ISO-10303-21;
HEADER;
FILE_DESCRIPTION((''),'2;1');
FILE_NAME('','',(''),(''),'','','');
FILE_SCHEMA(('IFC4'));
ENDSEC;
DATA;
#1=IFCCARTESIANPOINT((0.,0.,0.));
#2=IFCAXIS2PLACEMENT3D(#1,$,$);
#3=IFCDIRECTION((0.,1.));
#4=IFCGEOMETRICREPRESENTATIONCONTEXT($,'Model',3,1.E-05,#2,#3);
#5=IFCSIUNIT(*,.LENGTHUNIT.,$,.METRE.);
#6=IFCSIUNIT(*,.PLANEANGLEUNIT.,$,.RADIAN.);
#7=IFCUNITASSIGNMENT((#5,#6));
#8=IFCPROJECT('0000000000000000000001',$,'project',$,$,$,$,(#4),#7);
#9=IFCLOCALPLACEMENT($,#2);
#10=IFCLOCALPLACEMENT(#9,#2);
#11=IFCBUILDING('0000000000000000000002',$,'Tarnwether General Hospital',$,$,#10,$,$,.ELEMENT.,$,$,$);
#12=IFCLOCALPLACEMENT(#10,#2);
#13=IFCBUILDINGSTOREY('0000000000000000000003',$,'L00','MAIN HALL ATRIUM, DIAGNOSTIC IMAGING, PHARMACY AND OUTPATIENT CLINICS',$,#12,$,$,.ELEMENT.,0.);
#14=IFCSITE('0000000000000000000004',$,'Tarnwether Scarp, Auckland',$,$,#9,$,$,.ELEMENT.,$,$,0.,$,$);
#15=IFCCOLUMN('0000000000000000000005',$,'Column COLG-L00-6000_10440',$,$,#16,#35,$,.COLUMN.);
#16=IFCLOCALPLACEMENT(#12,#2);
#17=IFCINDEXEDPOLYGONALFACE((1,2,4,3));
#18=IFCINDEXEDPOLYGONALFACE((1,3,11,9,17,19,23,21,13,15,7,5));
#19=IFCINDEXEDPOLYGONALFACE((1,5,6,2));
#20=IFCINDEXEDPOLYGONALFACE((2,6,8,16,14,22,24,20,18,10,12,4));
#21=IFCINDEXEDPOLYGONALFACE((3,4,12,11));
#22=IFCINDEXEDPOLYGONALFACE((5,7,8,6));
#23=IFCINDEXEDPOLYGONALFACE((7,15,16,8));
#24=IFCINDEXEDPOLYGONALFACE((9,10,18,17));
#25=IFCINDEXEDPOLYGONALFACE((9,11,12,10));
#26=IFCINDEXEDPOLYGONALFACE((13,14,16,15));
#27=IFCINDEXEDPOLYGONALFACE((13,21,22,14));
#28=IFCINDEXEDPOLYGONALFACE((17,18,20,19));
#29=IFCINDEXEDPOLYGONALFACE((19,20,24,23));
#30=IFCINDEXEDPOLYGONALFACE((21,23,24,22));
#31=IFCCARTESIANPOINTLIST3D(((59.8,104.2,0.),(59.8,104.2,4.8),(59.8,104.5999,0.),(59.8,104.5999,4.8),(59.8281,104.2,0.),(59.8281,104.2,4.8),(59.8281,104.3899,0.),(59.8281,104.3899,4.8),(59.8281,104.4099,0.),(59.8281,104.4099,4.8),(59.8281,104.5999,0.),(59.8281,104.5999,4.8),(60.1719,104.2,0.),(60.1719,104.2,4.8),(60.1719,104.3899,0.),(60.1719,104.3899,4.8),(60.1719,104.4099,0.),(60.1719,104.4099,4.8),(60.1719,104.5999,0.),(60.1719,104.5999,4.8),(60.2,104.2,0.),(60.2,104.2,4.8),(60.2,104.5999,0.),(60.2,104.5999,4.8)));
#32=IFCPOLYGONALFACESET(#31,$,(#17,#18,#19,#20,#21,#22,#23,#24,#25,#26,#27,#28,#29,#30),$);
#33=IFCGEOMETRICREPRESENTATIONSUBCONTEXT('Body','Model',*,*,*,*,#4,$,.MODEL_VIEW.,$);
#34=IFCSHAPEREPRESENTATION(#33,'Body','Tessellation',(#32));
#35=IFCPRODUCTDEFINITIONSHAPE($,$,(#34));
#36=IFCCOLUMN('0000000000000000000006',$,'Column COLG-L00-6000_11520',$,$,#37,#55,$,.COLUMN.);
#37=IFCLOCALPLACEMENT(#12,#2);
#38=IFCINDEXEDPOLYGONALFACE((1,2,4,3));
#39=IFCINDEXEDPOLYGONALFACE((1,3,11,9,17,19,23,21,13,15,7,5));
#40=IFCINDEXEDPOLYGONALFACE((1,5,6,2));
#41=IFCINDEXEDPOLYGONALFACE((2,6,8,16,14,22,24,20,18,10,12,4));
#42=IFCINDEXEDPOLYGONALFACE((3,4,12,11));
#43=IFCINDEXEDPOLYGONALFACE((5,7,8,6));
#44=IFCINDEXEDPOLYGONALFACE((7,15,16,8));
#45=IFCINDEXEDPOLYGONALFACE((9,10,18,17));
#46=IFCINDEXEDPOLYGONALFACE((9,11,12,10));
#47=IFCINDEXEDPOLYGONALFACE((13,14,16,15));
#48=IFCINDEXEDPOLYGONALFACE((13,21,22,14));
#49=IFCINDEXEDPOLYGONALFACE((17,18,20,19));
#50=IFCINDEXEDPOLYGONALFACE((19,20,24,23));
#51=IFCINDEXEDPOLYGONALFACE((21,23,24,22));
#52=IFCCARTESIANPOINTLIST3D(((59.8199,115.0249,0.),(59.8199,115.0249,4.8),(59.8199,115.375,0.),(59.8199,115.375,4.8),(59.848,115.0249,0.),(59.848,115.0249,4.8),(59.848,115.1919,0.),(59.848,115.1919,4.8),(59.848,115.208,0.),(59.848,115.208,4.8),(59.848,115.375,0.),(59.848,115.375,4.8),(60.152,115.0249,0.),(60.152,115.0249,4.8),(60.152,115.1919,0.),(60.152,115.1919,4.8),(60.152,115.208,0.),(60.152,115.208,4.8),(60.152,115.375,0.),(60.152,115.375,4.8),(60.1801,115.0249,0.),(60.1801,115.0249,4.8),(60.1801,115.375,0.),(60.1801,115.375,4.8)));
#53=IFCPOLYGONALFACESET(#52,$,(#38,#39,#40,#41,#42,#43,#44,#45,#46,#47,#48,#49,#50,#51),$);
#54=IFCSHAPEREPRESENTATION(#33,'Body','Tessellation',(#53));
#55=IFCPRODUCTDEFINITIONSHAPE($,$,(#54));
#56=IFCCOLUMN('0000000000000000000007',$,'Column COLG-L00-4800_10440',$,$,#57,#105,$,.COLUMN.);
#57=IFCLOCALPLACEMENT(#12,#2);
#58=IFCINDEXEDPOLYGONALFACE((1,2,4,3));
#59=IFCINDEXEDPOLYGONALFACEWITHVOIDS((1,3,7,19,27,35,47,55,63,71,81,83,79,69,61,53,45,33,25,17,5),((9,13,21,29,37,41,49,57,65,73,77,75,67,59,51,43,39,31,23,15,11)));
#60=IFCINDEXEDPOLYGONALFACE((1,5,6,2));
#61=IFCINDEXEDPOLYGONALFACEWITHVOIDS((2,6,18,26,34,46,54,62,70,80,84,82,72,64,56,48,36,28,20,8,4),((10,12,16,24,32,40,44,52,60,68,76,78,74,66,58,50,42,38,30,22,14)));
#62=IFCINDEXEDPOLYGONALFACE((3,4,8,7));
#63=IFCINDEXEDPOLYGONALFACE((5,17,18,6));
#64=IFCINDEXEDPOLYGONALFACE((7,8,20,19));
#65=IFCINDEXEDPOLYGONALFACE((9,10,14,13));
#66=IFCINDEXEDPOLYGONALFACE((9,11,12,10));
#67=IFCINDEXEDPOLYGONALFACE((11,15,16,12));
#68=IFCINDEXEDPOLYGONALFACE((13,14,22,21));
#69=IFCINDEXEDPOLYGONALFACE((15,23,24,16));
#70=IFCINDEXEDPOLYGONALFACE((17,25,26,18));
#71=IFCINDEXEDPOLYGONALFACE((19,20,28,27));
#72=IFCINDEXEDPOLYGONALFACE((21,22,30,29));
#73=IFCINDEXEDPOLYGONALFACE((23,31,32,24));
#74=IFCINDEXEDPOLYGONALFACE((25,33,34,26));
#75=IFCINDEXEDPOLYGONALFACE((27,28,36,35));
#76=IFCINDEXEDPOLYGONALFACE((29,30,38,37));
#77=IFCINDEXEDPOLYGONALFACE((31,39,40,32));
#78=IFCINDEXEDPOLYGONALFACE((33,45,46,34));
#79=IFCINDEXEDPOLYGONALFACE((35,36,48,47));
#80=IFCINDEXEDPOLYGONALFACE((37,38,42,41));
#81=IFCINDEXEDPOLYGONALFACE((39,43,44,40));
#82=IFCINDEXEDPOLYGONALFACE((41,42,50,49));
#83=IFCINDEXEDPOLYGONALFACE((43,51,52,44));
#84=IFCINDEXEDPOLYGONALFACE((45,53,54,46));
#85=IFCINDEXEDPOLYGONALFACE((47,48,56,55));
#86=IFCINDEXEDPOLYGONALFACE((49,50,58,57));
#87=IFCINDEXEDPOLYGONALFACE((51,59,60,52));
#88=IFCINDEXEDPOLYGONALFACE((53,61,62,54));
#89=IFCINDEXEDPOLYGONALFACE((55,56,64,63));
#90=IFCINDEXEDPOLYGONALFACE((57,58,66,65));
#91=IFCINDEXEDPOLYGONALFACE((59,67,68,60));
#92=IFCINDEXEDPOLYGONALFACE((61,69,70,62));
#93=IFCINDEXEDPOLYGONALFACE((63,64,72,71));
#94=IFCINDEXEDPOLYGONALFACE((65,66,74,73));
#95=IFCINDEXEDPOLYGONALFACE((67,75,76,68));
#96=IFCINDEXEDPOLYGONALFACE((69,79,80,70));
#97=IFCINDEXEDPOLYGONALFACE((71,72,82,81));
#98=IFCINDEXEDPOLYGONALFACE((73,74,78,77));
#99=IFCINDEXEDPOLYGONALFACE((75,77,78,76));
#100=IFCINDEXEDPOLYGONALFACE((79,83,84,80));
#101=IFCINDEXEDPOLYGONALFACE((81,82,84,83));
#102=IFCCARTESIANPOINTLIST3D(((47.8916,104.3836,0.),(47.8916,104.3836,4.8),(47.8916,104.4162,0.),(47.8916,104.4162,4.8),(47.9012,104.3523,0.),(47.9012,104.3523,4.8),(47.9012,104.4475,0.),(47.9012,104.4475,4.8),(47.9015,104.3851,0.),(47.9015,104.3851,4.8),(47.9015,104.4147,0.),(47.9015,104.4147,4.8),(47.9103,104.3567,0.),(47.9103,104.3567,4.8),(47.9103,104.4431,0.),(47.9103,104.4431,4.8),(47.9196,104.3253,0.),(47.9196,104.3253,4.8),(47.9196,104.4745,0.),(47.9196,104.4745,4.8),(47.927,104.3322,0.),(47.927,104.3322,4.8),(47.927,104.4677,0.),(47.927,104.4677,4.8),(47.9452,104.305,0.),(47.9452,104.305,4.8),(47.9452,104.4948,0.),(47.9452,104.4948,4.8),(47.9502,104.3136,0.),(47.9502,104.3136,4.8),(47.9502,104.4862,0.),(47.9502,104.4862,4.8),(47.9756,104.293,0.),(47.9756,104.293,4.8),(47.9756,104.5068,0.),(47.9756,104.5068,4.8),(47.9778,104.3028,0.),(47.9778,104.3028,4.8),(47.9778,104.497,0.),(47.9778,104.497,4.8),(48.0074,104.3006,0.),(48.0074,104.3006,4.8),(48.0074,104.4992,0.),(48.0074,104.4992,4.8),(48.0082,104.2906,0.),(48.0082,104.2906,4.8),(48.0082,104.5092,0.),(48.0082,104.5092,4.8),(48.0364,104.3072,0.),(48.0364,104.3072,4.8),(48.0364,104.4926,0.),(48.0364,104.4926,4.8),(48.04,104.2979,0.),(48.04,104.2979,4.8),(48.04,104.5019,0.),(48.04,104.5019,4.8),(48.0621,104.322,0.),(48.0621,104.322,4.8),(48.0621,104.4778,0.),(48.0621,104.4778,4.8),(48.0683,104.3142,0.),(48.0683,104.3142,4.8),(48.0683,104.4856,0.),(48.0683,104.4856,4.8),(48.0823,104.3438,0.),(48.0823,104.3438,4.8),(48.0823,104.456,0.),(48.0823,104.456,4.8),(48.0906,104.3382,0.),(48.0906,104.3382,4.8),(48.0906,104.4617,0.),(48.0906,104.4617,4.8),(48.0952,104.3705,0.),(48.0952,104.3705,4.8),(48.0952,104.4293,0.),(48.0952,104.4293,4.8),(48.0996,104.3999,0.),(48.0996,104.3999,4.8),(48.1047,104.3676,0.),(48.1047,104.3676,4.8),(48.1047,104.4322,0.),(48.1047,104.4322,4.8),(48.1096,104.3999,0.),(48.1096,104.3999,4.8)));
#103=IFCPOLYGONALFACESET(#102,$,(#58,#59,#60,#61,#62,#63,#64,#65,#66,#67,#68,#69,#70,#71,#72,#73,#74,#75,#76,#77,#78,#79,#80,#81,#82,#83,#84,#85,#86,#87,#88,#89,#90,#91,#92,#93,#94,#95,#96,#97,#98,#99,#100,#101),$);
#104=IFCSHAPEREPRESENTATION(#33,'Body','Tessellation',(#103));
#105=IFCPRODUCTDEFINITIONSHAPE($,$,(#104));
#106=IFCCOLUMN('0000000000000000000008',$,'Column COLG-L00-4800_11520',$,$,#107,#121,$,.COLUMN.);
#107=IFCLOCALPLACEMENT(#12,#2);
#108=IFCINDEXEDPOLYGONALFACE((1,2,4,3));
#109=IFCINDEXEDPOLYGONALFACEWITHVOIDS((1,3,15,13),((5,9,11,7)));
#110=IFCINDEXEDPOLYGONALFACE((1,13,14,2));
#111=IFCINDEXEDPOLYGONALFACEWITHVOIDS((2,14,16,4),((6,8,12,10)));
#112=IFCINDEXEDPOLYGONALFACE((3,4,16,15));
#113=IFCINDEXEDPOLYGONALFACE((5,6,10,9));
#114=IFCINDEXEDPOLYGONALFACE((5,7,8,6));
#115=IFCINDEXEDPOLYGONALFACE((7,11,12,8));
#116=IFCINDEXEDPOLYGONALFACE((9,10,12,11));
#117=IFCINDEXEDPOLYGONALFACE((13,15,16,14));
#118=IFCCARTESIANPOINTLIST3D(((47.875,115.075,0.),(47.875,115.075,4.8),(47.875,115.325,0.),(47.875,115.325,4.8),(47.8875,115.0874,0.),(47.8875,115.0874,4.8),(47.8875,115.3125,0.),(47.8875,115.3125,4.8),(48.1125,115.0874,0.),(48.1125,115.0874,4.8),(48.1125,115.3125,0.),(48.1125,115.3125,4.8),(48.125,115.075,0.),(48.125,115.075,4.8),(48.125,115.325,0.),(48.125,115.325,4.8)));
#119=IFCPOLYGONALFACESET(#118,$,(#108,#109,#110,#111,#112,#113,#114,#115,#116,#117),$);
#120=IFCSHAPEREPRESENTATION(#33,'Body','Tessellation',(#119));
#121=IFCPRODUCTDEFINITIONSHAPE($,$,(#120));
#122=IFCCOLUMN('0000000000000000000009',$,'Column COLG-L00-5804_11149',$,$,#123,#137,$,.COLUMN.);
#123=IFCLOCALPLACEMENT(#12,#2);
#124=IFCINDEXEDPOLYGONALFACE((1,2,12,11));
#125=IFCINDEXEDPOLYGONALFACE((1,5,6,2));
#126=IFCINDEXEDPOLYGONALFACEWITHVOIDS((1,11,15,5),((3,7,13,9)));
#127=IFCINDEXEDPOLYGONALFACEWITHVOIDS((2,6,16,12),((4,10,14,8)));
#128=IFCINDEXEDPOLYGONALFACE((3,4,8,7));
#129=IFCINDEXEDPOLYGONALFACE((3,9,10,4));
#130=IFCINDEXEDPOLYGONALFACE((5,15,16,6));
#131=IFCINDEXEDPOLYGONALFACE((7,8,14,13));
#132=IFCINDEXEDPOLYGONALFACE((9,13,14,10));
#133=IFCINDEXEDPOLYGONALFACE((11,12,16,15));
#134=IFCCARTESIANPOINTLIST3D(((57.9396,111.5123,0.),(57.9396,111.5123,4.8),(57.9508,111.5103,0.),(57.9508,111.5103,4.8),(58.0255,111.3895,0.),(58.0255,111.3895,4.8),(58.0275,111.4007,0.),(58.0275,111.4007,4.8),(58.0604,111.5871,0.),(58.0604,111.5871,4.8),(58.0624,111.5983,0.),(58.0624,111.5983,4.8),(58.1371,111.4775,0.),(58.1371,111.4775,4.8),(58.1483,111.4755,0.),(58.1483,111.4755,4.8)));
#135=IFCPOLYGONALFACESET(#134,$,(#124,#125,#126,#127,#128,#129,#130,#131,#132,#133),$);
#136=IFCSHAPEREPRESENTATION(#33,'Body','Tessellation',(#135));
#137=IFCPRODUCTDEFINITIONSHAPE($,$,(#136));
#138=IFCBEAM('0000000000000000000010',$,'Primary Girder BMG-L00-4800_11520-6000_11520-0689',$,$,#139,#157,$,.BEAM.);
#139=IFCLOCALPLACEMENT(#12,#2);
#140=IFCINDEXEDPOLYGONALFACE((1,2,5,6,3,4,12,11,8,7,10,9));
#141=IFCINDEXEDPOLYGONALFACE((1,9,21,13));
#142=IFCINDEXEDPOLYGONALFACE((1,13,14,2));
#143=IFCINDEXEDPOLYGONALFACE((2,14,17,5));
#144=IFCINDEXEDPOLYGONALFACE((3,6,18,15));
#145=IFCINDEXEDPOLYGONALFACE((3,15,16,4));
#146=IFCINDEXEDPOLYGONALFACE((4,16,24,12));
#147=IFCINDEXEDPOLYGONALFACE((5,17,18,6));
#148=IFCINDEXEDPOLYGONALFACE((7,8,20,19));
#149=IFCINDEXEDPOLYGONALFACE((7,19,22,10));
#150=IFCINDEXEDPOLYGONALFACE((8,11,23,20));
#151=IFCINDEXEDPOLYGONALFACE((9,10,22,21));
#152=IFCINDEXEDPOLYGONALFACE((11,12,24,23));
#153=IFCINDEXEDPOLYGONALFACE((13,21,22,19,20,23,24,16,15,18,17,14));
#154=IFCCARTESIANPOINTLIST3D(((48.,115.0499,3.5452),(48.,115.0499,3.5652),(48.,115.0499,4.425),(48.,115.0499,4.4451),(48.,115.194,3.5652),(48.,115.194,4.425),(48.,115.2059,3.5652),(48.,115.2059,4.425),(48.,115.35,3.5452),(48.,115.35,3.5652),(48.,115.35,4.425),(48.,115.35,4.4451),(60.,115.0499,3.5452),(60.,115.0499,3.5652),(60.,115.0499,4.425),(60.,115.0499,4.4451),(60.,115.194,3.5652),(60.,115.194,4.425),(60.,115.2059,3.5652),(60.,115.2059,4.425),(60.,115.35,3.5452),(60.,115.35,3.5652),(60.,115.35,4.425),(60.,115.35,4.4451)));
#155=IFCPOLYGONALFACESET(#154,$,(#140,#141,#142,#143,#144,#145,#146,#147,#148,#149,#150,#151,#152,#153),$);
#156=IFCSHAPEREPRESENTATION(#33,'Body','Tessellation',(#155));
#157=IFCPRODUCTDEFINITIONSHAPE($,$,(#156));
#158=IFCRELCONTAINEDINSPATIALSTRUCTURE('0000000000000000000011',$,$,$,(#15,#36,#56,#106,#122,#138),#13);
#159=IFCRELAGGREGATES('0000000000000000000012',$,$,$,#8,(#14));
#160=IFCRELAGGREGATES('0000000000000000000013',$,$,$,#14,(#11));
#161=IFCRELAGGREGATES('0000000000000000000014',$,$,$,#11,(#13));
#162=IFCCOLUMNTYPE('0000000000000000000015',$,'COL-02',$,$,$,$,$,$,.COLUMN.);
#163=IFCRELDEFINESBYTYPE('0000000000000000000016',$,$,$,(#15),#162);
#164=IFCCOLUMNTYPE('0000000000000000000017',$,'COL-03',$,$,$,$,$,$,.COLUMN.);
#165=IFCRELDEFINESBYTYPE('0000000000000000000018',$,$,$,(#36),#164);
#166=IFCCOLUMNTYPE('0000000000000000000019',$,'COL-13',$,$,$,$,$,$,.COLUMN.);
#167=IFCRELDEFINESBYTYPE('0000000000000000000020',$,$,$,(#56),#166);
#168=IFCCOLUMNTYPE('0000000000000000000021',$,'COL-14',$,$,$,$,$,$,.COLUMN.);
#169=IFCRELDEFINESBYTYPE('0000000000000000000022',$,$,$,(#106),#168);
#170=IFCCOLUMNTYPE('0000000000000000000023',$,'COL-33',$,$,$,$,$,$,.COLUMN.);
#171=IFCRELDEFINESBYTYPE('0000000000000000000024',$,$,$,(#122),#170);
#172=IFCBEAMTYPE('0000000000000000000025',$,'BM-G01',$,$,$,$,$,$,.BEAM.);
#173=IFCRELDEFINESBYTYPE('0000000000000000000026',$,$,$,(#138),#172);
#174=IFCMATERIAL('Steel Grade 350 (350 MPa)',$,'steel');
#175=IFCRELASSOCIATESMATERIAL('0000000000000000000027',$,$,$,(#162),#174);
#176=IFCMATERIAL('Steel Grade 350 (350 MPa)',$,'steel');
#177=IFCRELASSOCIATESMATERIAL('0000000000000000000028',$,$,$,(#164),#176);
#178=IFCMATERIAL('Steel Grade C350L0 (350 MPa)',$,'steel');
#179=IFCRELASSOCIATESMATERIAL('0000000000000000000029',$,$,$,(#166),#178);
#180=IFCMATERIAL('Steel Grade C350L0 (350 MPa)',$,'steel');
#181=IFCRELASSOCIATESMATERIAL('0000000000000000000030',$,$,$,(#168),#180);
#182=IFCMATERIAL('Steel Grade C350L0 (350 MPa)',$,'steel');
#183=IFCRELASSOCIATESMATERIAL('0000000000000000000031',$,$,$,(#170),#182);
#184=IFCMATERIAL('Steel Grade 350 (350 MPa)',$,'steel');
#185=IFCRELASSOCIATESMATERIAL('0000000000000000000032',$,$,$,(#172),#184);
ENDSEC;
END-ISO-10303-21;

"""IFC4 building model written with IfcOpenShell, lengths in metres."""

from ifc_helpers import new_model, si_unit, direction, frame, origin, origin_2d, place, context, subcontext, project, spatial, hollow_rectangle, hollow_circle, i_section, extrude, material, material_profile, profile_set, type_object, element, save


model = new_model("IFC4")

# Units and contexts
model_context = context("Model", 3, precision=1e-05, world=origin(), true_north=direction((0.0, 1.0)))
body_context = subcontext(model_context, "Body", "Model", "MODEL_VIEW")
ifc_project = project(units=[si_unit("LENGTHUNIT", "METRE"), si_unit("PLANEANGLEUNIT", "RADIAN")], contexts=[model_context])

# Site, building, storey
site_placement = place(None, origin())
site = spatial("IfcSite", under=ifc_project, at=site_placement, Name="Tarnwether Scarp, Auckland", CompositionType="ELEMENT", RefElevation=0.0)
building_placement = place(site_placement, origin())
building = spatial("IfcBuilding", under=site, at=building_placement, Name="Tarnwether General Hospital", CompositionType="ELEMENT")
storey_placement = place(building_placement, origin())
storey = spatial("IfcBuildingStorey", under=building, at=storey_placement, Name="L00", Description="MAIN HALL ATRIUM, DIAGNOSTIC IMAGING, PHARMACY AND OUTPATIENT CLINICS", CompositionType="ELEMENT", Elevation=0.0)

# Columns
ifc_material_1 = material(Name="Steel Grade 350 (350 MPa)", Category="steel")
ifc_material_profile_1 = material_profile(ifc_material_1, i_section(OverallWidth=0.3999, OverallDepth=0.3999, WebThickness=0.02, FlangeThickness=0.0281, at=origin_2d()), Name="400WC270")
ifc_profile_set_1 = profile_set([ifc_material_profile_1], Name="Steel Grade 350 (350 MPa)")
column_type_1 = type_object("IfcColumnType", Name="COL-02", PredefinedType="COLUMN", material=ifc_profile_set_1)
column_1_placement = place(storey_placement, frame((60.0, 104.3999, 0.0), z_axis=(0.0, 0.0, 1.0), x_axis=(0.0, 1.0, 0.0)))
element("IfcColumn", 1, at=column_1_placement, inside=storey, type_object=column_type_1, Name="Column COLG-L00-6000_10440", PredefinedType="COLUMN", context=body_context, shape_type="SweptSolid", body=[
    extrude(i_section(OverallWidth=0.3999, OverallDepth=0.3999, WebThickness=0.02, FlangeThickness=0.0281, at=origin_2d()), origin(), (0.0, 0.0, 1.0), 4.8),
])
ifc_material_2 = material(Name="Steel Grade 350 (350 MPa)", Category="steel")
ifc_material_profile_2 = material_profile(ifc_material_2, i_section(OverallWidth=0.3501, OverallDepth=0.3601, WebThickness=0.0161, FlangeThickness=0.0281, at=origin_2d()), Name="350WC230")
ifc_profile_set_2 = profile_set([ifc_material_profile_2], Name="Steel Grade 350 (350 MPa)")
column_type_2 = type_object("IfcColumnType", Name="COL-03", PredefinedType="COLUMN", material=ifc_profile_set_2)
column_2_placement = place(storey_placement, frame((60.0, 115.2, 0.0), z_axis=(0.0, 0.0, 1.0), x_axis=(0.0, 1.0, 0.0)))
element("IfcColumn", 2, at=column_2_placement, inside=storey, type_object=column_type_2, Name="Column COLG-L00-6000_11520", PredefinedType="COLUMN", context=body_context, shape_type="SweptSolid", body=[
    extrude(i_section(OverallWidth=0.3501, OverallDepth=0.3601, WebThickness=0.0161, FlangeThickness=0.0281, at=origin_2d()), origin(), (0.0, 0.0, 1.0), 4.8),
])
ifc_material_3 = material(Name="Steel Grade C350L0 (350 MPa)", Category="steel")
ifc_material_profile_3 = material_profile(ifc_material_3, hollow_circle(Radius=0.1096, WallThickness=0.01, at=origin_2d()), Name="CHS219.1x10.0")
ifc_profile_set_3 = profile_set([ifc_material_profile_3], Name="Steel Grade C350L0 (350 MPa)")
column_type_3 = type_object("IfcColumnType", Name="COL-13", PredefinedType="COLUMN", material=ifc_profile_set_3)
column_3_placement = place(storey_placement, frame((48.0, 104.3999, 0.0), z_axis=(0.0, 0.0, 1.0), x_axis=(1.0, 0.0, 0.0)))
element("IfcColumn", 3, at=column_3_placement, inside=storey, type_object=column_type_3, Name="Column COLG-L00-4800_10440", PredefinedType="COLUMN", context=body_context, shape_type="SweptSolid", body=[
    extrude(hollow_circle(Radius=0.1096, WallThickness=0.01, at=origin_2d()), origin(), (0.0, 0.0, 1.0), 4.8),
])
ifc_material_4 = material(Name="Steel Grade C350L0 (350 MPa)", Category="steel")
ifc_material_profile_4 = material_profile(ifc_material_4, hollow_rectangle(XDim=0.25, YDim=0.25, WallThickness=0.0125, at=origin_2d()), Name="SHS250x250x12.5")
ifc_profile_set_4 = profile_set([ifc_material_profile_4], Name="Steel Grade C350L0 (350 MPa)")
column_type_4 = type_object("IfcColumnType", Name="COL-14", PredefinedType="COLUMN", material=ifc_profile_set_4)
column_4_placement = place(storey_placement, frame((48.0, 115.2, 0.0), z_axis=(0.0, 0.0, 1.0), x_axis=(1.0, 0.0, 0.0)))
element("IfcColumn", 4, at=column_4_placement, inside=storey, type_object=column_type_4, Name="Column COLG-L00-4800_11520", PredefinedType="COLUMN", context=body_context, shape_type="SweptSolid", body=[
    extrude(hollow_rectangle(XDim=0.25, YDim=0.25, WallThickness=0.0125, at=origin_2d()), origin(), (0.0, 0.0, 1.0), 4.8),
])
ifc_material_5 = material(Name="Steel Grade C350L0 (350 MPa)", Category="steel")
ifc_material_profile_5 = material_profile(ifc_material_5, hollow_rectangle(XDim=0.1499, YDim=0.1499, WallThickness=0.0081, at=origin_2d()), Name="SHS150x150x8")
ifc_profile_set_5 = profile_set([ifc_material_profile_5], Name="Steel Grade C350L0 (350 MPa)")
column_type_5 = type_object("IfcColumnType", Name="COL-33", PredefinedType="COLUMN", material=ifc_profile_set_5)
column_5_placement = place(storey_placement, frame((58.0439, 111.4939, 0.0), z_axis=(0.0, 0.0, 1.0), x_axis=(-0.573576, 0.819152, 0.0)))
element("IfcColumn", 5, at=column_5_placement, inside=storey, type_object=column_type_5, Name="Column COLG-L00-5804_11149", PredefinedType="COLUMN", context=body_context, shape_type="SweptSolid", body=[
    extrude(hollow_rectangle(XDim=0.1499, YDim=0.1499, WallThickness=0.0081, at=origin_2d()), origin(), (0.0, 0.0, 1.0), 4.8),
])

# Beam
ifc_material_6 = material(Name="Steel Grade 350 (350 MPa)", Category="steel")
ifc_material_profile_6 = material_profile(ifc_material_6, i_section(OverallWidth=0.3, OverallDepth=0.8999, WebThickness=0.012, FlangeThickness=0.02, at=origin_2d()), Name="900WB175")
ifc_profile_set_6 = profile_set([ifc_material_profile_6], Name="Steel Grade 350 (350 MPa)")
beam_type_1 = type_object("IfcBeamType", Name="BM-G01", PredefinedType="BEAM", material=ifc_profile_set_6)
beam_1_placement = place(storey_placement, frame((48.0, 115.2, 3.9951), z_axis=(1.0, 0.0, 0.0), x_axis=(0.0, 1.0, 0.0)))
element("IfcBeam", 6, at=beam_1_placement, inside=storey, type_object=beam_type_1, Name="Primary Girder BMG-L00-4800_11520-6000_11520-0689", PredefinedType="BEAM", context=body_context, shape_type="SweptSolid", body=[
    extrude(i_section(OverallWidth=0.3, OverallDepth=0.8999, WebThickness=0.012, FlangeThickness=0.02, at=origin_2d()), origin(), (0.0, 0.0, 1.0), 12.0),
])

save(model, "model.ifc")
